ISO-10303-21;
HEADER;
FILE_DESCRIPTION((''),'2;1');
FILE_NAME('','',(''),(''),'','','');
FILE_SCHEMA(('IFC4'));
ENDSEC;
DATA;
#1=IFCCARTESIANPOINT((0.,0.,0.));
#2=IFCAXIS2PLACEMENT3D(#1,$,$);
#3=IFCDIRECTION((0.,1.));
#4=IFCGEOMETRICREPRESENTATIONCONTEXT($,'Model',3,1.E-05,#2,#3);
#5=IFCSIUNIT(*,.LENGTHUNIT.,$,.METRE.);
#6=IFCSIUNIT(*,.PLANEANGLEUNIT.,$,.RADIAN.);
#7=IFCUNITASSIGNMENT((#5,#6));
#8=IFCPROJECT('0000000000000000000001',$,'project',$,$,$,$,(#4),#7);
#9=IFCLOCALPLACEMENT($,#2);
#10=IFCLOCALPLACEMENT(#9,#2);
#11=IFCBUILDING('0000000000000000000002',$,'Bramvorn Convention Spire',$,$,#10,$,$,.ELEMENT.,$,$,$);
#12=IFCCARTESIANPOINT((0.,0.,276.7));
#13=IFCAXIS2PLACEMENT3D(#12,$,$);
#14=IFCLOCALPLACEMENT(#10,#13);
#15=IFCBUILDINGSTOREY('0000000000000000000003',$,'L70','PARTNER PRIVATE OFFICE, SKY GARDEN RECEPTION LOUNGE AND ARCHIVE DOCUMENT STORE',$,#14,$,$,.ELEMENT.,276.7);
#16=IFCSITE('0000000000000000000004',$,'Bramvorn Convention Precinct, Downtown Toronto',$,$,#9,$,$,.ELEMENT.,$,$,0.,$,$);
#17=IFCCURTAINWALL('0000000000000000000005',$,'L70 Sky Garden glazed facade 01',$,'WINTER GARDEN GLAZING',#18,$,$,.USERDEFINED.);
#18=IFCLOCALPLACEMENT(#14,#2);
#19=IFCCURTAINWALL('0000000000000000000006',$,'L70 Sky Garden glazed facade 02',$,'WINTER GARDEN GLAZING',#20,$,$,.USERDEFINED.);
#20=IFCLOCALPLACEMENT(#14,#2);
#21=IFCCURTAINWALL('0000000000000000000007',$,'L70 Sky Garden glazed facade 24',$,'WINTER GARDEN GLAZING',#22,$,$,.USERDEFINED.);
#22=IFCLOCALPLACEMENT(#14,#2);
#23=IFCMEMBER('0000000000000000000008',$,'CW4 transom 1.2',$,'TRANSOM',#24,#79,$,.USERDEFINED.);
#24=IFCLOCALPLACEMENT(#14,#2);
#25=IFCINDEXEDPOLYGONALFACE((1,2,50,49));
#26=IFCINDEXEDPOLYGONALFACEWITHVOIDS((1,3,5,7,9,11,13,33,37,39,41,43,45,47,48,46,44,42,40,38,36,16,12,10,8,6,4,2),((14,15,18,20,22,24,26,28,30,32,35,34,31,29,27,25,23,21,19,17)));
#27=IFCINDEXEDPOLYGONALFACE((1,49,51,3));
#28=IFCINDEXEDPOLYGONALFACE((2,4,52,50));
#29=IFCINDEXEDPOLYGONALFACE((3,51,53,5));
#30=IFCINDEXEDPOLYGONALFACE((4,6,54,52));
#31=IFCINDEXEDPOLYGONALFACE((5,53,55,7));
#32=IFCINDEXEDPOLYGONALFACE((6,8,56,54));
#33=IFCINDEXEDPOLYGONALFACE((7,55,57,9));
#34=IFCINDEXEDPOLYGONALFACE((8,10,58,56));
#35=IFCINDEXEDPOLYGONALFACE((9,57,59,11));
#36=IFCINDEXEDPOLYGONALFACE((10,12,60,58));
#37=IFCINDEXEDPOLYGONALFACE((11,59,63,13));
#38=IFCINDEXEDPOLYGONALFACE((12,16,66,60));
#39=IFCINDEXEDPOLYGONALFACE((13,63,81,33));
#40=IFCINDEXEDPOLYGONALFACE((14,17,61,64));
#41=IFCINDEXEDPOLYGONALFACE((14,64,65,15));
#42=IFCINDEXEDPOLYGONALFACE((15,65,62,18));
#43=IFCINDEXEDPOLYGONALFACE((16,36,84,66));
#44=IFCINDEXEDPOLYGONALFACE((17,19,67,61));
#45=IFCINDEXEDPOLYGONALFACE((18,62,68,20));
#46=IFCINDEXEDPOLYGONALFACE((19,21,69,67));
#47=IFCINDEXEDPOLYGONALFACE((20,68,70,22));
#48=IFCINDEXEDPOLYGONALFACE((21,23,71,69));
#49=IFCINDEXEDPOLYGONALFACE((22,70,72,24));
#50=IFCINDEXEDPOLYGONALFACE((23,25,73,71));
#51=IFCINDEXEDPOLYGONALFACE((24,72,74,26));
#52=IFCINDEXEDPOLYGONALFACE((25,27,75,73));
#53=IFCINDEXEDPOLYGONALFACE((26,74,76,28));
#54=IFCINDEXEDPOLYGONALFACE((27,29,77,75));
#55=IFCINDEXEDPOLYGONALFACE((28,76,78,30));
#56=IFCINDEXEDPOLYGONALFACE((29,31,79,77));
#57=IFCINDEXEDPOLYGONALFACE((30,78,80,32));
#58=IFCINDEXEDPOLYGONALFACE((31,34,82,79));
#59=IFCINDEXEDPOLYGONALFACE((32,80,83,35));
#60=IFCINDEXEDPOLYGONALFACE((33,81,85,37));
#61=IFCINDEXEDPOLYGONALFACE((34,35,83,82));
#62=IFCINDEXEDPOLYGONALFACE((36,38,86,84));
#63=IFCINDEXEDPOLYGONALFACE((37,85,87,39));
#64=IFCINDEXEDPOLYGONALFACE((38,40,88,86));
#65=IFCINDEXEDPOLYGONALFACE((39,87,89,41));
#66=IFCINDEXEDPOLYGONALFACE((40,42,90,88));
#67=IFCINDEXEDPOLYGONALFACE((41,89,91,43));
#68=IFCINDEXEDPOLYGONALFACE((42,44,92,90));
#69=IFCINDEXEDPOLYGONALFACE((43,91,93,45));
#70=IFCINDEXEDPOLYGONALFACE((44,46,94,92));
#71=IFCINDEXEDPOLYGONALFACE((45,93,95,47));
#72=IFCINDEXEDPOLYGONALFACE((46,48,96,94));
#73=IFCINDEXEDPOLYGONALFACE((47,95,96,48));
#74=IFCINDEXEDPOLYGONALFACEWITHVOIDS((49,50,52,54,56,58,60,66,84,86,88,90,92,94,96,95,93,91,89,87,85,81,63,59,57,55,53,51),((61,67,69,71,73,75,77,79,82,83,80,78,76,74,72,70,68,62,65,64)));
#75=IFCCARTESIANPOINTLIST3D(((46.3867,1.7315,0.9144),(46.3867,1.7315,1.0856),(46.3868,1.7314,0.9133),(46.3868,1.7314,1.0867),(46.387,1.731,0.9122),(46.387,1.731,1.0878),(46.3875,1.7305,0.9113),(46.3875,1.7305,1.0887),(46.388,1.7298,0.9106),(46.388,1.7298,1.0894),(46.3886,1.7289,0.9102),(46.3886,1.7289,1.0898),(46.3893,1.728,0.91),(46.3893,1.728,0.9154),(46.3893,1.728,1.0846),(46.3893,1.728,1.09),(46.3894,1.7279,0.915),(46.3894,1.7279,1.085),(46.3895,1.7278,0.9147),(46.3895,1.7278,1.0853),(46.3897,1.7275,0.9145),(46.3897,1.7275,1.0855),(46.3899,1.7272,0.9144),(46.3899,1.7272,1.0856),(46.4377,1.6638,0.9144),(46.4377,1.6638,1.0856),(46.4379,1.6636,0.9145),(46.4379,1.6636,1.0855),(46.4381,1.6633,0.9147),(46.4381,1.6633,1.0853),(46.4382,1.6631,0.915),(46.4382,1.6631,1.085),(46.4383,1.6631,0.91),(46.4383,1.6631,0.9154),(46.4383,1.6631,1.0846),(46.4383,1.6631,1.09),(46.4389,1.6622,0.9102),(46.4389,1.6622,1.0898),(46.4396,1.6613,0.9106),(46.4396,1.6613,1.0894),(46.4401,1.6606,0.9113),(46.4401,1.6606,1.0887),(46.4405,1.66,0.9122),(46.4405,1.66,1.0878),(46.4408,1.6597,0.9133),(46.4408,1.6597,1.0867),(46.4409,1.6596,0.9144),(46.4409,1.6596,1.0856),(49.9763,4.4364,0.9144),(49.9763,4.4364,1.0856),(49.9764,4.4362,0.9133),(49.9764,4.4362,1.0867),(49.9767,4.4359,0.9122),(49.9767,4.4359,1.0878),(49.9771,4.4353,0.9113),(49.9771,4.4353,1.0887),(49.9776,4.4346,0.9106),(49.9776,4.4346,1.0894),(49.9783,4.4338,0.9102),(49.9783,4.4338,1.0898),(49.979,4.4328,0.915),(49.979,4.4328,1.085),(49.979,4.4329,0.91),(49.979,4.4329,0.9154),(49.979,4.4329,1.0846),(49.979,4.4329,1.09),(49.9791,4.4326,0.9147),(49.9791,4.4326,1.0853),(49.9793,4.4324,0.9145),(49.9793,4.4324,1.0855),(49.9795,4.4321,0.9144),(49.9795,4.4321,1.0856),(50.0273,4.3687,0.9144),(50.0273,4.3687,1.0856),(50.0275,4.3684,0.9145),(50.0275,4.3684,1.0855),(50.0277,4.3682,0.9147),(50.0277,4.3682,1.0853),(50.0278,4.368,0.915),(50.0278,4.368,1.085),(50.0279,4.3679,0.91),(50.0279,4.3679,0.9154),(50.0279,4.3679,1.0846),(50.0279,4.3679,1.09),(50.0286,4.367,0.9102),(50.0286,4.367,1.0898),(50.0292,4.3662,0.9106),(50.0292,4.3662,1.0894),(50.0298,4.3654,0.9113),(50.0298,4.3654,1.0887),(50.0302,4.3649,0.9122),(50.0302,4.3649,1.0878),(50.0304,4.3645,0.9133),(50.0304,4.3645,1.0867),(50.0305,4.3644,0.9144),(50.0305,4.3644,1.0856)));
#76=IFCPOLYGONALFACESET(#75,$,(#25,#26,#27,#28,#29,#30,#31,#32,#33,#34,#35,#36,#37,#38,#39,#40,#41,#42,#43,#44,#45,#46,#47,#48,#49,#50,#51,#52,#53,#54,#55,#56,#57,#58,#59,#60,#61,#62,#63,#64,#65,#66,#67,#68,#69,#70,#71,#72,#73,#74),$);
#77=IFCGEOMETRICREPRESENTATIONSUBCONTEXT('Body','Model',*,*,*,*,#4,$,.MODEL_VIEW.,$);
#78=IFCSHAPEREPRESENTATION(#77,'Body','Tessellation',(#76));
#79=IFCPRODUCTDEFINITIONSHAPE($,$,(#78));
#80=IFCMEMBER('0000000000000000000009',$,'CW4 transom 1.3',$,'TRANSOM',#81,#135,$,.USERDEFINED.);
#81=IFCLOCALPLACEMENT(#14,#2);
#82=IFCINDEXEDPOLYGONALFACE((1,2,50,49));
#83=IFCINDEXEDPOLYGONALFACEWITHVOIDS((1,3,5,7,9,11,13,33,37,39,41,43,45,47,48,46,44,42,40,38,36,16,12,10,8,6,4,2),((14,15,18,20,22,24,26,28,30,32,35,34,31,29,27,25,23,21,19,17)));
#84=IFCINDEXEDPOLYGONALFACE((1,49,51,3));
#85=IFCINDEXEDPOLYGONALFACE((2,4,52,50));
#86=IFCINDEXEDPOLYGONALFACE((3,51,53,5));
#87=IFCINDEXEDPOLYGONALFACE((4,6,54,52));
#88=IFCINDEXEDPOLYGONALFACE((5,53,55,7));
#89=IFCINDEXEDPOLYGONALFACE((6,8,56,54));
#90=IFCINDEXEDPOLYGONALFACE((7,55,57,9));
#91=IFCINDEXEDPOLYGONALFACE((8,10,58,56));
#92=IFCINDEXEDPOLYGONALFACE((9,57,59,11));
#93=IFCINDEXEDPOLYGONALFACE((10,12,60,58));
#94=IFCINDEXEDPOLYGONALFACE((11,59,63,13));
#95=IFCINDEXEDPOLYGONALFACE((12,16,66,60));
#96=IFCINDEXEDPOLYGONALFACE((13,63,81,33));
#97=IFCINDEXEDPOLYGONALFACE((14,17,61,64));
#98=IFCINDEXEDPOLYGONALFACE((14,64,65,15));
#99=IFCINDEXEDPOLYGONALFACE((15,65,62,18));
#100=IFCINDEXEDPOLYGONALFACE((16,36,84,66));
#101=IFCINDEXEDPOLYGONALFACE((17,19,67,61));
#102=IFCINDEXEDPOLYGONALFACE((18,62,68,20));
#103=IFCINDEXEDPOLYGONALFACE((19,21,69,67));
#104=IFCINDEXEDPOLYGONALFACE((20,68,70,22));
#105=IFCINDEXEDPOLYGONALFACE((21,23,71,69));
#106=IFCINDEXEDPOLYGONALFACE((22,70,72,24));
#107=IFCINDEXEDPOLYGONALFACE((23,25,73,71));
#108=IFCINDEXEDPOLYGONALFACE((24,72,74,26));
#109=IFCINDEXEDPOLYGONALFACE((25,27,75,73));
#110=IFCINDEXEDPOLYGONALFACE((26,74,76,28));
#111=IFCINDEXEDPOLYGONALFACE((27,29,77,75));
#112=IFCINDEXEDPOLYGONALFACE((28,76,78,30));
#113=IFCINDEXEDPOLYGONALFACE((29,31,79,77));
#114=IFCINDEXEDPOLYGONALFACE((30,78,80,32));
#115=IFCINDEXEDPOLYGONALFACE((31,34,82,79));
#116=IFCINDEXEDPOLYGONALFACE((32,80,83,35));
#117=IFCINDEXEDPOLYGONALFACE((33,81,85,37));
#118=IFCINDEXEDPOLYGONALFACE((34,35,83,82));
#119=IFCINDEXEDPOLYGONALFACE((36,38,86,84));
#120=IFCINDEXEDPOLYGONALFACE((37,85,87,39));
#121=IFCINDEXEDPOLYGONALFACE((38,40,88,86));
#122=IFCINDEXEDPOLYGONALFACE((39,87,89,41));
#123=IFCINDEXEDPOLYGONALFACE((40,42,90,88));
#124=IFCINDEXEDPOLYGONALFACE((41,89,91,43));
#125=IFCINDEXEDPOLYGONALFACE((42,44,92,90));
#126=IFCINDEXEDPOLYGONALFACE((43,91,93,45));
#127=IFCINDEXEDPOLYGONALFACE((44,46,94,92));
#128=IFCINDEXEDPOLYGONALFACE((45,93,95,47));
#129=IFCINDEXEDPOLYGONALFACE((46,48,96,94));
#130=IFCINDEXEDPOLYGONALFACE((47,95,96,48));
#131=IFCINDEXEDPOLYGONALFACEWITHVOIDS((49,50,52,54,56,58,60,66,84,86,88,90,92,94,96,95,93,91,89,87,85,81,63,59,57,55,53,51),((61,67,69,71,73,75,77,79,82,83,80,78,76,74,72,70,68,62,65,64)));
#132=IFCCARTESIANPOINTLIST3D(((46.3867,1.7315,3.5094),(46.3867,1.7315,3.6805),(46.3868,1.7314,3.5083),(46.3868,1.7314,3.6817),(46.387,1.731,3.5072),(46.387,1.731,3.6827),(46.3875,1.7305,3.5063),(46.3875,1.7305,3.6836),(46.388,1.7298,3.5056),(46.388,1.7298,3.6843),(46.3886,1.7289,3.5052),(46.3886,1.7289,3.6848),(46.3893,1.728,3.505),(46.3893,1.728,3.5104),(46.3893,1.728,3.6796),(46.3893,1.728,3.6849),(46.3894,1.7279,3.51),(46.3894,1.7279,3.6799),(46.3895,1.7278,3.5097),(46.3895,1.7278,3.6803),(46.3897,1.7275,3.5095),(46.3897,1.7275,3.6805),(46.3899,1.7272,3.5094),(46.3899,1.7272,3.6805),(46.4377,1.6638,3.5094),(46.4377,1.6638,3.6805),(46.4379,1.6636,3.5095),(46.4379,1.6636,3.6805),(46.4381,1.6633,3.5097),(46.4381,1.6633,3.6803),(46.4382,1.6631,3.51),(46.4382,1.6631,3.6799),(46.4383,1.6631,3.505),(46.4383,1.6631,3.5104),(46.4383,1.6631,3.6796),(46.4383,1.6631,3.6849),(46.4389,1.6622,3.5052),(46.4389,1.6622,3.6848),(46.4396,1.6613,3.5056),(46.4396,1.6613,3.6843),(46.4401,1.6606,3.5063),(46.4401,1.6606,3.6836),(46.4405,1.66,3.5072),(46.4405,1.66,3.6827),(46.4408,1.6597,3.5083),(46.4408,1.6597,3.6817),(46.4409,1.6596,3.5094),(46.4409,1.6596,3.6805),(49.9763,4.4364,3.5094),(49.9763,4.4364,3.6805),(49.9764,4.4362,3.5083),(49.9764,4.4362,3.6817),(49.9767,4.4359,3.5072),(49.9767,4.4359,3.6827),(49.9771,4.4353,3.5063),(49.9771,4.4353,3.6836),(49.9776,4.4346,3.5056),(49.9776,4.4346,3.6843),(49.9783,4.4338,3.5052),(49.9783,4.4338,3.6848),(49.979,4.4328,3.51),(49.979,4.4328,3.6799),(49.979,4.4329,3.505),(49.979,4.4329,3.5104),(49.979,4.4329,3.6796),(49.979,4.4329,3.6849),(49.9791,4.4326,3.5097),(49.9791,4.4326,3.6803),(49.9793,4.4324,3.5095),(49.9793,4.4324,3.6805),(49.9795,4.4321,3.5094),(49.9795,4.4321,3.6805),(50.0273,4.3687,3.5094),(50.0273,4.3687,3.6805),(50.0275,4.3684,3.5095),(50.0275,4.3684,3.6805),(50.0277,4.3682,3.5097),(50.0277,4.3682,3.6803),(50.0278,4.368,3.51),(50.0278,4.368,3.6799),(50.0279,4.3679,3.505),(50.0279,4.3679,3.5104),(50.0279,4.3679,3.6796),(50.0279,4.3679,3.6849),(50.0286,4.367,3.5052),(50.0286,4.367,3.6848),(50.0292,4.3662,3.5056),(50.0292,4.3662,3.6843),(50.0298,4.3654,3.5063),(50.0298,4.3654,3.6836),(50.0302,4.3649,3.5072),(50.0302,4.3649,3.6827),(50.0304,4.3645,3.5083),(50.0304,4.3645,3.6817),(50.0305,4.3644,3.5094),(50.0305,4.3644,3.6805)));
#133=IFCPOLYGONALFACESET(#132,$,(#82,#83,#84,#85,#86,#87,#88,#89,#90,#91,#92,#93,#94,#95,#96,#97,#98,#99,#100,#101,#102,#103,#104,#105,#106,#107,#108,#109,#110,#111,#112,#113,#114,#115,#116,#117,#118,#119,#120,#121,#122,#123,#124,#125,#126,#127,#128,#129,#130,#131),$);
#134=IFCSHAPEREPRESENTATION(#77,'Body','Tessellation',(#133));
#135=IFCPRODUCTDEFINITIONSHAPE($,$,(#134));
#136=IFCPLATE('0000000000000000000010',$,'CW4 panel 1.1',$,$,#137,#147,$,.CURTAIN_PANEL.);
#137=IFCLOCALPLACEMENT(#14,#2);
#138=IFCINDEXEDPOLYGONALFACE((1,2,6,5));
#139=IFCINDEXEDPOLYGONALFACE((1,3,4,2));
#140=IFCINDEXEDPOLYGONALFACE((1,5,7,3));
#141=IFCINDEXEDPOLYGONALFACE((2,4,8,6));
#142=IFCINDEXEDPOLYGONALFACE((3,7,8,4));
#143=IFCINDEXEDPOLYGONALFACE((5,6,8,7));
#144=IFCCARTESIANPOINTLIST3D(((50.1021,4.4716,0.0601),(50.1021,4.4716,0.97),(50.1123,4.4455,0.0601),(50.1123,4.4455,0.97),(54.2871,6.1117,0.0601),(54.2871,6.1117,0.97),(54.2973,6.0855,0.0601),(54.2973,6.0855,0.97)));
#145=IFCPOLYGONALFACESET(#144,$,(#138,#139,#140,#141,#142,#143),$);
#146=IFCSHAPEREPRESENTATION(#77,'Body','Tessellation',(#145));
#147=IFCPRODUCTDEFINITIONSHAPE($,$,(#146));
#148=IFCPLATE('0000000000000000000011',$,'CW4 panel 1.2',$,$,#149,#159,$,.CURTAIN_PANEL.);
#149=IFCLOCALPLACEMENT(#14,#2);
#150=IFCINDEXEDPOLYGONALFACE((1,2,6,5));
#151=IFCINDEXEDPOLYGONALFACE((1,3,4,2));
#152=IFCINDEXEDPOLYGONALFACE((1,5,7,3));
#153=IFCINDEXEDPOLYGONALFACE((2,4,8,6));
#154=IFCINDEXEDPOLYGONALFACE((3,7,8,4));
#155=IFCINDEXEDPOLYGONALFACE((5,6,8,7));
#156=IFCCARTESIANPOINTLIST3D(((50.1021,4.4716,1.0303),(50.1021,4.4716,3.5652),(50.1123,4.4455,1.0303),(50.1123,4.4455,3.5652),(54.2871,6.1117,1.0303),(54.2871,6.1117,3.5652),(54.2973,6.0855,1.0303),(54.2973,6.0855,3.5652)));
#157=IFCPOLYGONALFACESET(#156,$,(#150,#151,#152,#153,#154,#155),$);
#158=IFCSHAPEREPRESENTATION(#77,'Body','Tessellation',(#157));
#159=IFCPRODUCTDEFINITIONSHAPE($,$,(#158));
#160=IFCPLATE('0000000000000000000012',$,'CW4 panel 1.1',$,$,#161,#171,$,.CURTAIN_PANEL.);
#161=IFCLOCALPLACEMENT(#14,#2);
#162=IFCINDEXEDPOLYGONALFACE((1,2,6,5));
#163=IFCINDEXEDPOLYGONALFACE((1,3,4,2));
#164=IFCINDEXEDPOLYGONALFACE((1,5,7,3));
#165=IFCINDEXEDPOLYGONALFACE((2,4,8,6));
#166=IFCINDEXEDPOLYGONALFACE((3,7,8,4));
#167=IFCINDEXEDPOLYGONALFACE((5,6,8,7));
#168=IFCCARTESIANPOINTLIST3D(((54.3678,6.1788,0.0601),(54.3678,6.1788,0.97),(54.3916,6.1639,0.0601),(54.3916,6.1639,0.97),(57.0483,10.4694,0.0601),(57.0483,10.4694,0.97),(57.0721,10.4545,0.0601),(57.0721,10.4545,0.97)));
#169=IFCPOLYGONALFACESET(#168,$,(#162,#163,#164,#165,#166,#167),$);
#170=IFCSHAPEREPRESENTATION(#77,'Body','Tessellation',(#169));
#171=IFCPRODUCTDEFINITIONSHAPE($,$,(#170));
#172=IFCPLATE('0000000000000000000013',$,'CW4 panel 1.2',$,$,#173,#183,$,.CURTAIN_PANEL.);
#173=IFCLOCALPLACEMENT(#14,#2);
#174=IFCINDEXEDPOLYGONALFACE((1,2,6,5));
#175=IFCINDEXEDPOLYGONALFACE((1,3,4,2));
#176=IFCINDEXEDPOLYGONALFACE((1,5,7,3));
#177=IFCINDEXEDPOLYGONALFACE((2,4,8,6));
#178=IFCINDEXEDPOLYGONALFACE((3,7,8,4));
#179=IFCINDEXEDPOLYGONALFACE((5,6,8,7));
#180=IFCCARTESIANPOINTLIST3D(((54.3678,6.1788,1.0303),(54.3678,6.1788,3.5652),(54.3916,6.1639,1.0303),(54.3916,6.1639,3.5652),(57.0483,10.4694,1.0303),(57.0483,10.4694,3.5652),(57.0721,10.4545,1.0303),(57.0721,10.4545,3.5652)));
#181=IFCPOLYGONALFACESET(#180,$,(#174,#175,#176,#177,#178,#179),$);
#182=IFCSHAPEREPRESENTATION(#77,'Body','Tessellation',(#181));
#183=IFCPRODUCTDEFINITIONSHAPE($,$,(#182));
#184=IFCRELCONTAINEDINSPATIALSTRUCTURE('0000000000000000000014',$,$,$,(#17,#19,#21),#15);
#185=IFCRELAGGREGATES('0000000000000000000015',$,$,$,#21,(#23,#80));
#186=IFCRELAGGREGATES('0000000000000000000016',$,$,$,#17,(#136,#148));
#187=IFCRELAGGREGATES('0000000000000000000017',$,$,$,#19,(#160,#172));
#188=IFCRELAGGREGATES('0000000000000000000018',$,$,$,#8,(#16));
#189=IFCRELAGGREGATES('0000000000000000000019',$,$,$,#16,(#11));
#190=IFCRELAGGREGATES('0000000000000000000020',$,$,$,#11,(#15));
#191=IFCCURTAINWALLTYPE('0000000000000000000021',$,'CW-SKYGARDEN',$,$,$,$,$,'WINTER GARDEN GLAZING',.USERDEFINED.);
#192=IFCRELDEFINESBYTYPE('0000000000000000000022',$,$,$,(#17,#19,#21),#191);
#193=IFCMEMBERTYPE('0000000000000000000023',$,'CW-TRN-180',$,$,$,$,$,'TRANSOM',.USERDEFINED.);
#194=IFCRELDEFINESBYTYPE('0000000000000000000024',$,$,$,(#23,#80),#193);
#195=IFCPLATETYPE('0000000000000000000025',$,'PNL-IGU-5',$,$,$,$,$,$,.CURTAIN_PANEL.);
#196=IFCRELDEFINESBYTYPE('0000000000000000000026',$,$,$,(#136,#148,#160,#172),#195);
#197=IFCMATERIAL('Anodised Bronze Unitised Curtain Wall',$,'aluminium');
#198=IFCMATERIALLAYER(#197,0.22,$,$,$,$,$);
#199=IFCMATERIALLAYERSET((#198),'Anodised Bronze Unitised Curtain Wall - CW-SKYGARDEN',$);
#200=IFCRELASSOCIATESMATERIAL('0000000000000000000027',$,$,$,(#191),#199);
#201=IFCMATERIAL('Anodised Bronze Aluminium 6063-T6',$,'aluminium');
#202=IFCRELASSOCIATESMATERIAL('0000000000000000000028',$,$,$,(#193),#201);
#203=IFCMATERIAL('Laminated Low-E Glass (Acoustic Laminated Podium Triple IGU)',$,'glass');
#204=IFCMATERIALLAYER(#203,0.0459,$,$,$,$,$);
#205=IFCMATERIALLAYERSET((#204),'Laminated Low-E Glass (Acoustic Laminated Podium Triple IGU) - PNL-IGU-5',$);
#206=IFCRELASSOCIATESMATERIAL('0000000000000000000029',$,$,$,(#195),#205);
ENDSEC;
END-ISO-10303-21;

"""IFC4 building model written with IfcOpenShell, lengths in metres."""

from ifc_helpers import new_model, si_unit, direction, frame, origin, origin_2d, place, context, subcontext, project, spatial, rectangle, hollow_rectangle, extrude, material, layer, layer_set, material_profile, profile_set, type_object, element, aggregate, save


model = new_model("IFC4")

# Units and contexts
model_context = context("Model", 3, precision=1e-05, world=origin(), true_north=direction((0.0, 1.0)))
body_context = subcontext(model_context, "Body", "Model", "MODEL_VIEW")
ifc_project = project(units=[si_unit("LENGTHUNIT", "METRE"), si_unit("PLANEANGLEUNIT", "RADIAN")], contexts=[model_context])

# Site, building, storey
site_placement = place(None, origin())
site = spatial("IfcSite", under=ifc_project, at=site_placement, Name="Bramvorn Convention Precinct, Downtown Toronto", CompositionType="ELEMENT", RefElevation=0.0)
building_placement = place(site_placement, origin())
building = spatial("IfcBuilding", under=site, at=building_placement, Name="Bramvorn Convention Spire", CompositionType="ELEMENT")
storey_placement = place(building_placement, frame((0.0, 0.0, 276.7)))
storey = spatial("IfcBuildingStorey", under=building, at=storey_placement, Name="L70", Description="PARTNER PRIVATE OFFICE, SKY GARDEN RECEPTION LOUNGE AND ARCHIVE DOCUMENT STORE", CompositionType="ELEMENT", Elevation=276.7)

# Curtain walls
ifc_material_1 = material(Name="Anodised Bronze Unitised Curtain Wall", Category="aluminium")
ifc_layer_1 = layer(ifc_material_1, 0.22)
ifc_layer_set_1 = layer_set([ifc_layer_1], Name="Anodised Bronze Unitised Curtain Wall - CW-SKYGARDEN")
curtain_wall_type = type_object("IfcCurtainWallType", Name="CW-SKYGARDEN", ElementType="WINTER GARDEN GLAZING", PredefinedType="USERDEFINED", material=ifc_layer_set_1)
curtain_wall_1_placement = place(storey_placement, origin())
curtain_wall_1 = element("IfcCurtainWall", 1, at=curtain_wall_1_placement, inside=storey, type_object=curtain_wall_type, Name="L70 Sky Garden glazed facade 01", ObjectType="WINTER GARDEN GLAZING", PredefinedType="USERDEFINED")
ifc_material_2 = material(Name="Anodised Bronze Aluminium 6063-T6", Category="aluminium")
curtain_wall_2_placement = place(storey_placement, origin())
curtain_wall_2 = element("IfcCurtainWall", 2, at=curtain_wall_2_placement, inside=storey, type_object=curtain_wall_type, Name="L70 Sky Garden glazed facade 02", ObjectType="WINTER GARDEN GLAZING", PredefinedType="USERDEFINED")

# Curtain wall
curtain_wall_3_placement = place(storey_placement, origin())
curtain_wall_3 = element("IfcCurtainWall", 3, at=curtain_wall_3_placement, inside=storey, type_object=curtain_wall_type, Name="L70 Sky Garden glazed facade 24", ObjectType="WINTER GARDEN GLAZING", PredefinedType="USERDEFINED")

# Members
ifc_material_profile_1 = material_profile(ifc_material_2, hollow_rectangle(XDim=0.0901, YDim=0.1799, WallThickness=0.0044, InnerFilletRadius=0.001, OuterFilletRadius=0.0044, at=origin_2d()))
ifc_profile_set_1 = profile_set([ifc_material_profile_1], Name="Anodised Bronze Aluminium 6063-T6 - CWT90X180")
member_type_1 = type_object("IfcMemberType", Name="CW-TRN-180", ElementType="TRANSOM", PredefinedType="USERDEFINED", material=ifc_profile_set_1)
member_1_placement = place(storey_placement, frame((50.0034, 4.4004, 1.0), z_axis=(-0.798649, -0.601798, 0.0), x_axis=(0.601798, -0.798649, 0.0)))
member_1 = element("IfcMember", 4, at=member_1_placement, type_object=member_type_1, Name="CW4 transom 1.2", ObjectType="TRANSOM", PredefinedType="USERDEFINED", context=body_context, shape_type="SweptSolid", body=[
    extrude(hollow_rectangle(XDim=0.0901, YDim=0.1799, WallThickness=0.0044, InnerFilletRadius=0.001, OuterFilletRadius=0.0044, at=origin_2d()), origin(), (0.0, 0.0, 1.0), 4.4946),
])
member_2_placement = place(storey_placement, frame((50.0034, 4.4004, 3.595), z_axis=(-0.798649, -0.601798, 0.0), x_axis=(0.601798, -0.798649, 0.0)))
member_2 = element("IfcMember", 5, at=member_2_placement, type_object=member_type_1, Name="CW4 transom 1.3", ObjectType="TRANSOM", PredefinedType="USERDEFINED", context=body_context, shape_type="SweptSolid", body=[
    extrude(hollow_rectangle(XDim=0.0901, YDim=0.1799, WallThickness=0.0044, InnerFilletRadius=0.001, OuterFilletRadius=0.0044, at=origin_2d()), origin(), (0.0, 0.0, 1.0), 4.4946),
])
aggregate(curtain_wall_3, [member_1, member_2])

# Plates
ifc_material_3 = material(Name="Laminated Low-E Glass (Acoustic Laminated Podium Triple IGU)", Category="glass")
ifc_layer_2 = layer(ifc_material_3, 0.0459)
ifc_layer_set_2 = layer_set([ifc_layer_2], Name="Laminated Low-E Glass (Acoustic Laminated Podium Triple IGU) - PNL-IGU-5")
plate_type = type_object("IfcPlateType", Name="PNL-IGU-5", PredefinedType="CURTAIN_PANEL", material=ifc_layer_set_2)
plate_1_placement = place(storey_placement, frame((52.1997, 5.2786, 0.0601), z_axis=(0.0, 0.0, 1.0), x_axis=(-0.931057, -0.364873, 0.0)))
plate_1 = element("IfcPlate", 6, at=plate_1_placement, type_object=plate_type, Name="CW4 panel 1.1", PredefinedType="CURTAIN_PANEL", context=body_context, shape_type="SweptSolid", body=[
    extrude(rectangle(XDim=4.4949, YDim=0.0281, at=origin_2d()), origin(), (0.0, 0.0, 1.0), 0.9099),
])
plate_2_placement = place(storey_placement, frame((52.1997, 5.2786, 1.0303), z_axis=(0.0, 0.0, 1.0), x_axis=(-0.931057, -0.364873, 0.0)))
plate_2 = element("IfcPlate", 7, at=plate_2_placement, type_object=plate_type, Name="CW4 panel 1.2", PredefinedType="CURTAIN_PANEL", context=body_context, shape_type="SweptSolid", body=[
    extrude(rectangle(XDim=4.4949, YDim=0.0281, at=origin_2d()), origin(), (0.0, 0.0, 1.0), 2.5349),
])
aggregate(curtain_wall_1, [plate_1, plate_2])
plate_3_placement = place(storey_placement, frame((55.72, 8.3167, 0.0601), z_axis=(0.0, 0.0, 1.0), x_axis=(-0.529831, -0.848104, 0.0)))
plate_3 = element("IfcPlate", 8, at=plate_3_placement, type_object=plate_type, Name="CW4 panel 1.1", PredefinedType="CURTAIN_PANEL", context=body_context, shape_type="SweptSolid", body=[
    extrude(rectangle(XDim=5.0591, YDim=0.0281, at=origin_2d()), origin(), (0.0, 0.0, 1.0), 0.9099),
])
plate_4_placement = place(storey_placement, frame((55.72, 8.3167, 1.0303), z_axis=(0.0, 0.0, 1.0), x_axis=(-0.529831, -0.848104, 0.0)))
plate_4 = element("IfcPlate", 9, at=plate_4_placement, type_object=plate_type, Name="CW4 panel 1.2", PredefinedType="CURTAIN_PANEL", context=body_context, shape_type="SweptSolid", body=[
    extrude(rectangle(XDim=5.0591, YDim=0.0281, at=origin_2d()), origin(), (0.0, 0.0, 1.0), 2.5349),
])
aggregate(curtain_wall_2, [plate_3, plate_4])

save(model, "model.ifc")
